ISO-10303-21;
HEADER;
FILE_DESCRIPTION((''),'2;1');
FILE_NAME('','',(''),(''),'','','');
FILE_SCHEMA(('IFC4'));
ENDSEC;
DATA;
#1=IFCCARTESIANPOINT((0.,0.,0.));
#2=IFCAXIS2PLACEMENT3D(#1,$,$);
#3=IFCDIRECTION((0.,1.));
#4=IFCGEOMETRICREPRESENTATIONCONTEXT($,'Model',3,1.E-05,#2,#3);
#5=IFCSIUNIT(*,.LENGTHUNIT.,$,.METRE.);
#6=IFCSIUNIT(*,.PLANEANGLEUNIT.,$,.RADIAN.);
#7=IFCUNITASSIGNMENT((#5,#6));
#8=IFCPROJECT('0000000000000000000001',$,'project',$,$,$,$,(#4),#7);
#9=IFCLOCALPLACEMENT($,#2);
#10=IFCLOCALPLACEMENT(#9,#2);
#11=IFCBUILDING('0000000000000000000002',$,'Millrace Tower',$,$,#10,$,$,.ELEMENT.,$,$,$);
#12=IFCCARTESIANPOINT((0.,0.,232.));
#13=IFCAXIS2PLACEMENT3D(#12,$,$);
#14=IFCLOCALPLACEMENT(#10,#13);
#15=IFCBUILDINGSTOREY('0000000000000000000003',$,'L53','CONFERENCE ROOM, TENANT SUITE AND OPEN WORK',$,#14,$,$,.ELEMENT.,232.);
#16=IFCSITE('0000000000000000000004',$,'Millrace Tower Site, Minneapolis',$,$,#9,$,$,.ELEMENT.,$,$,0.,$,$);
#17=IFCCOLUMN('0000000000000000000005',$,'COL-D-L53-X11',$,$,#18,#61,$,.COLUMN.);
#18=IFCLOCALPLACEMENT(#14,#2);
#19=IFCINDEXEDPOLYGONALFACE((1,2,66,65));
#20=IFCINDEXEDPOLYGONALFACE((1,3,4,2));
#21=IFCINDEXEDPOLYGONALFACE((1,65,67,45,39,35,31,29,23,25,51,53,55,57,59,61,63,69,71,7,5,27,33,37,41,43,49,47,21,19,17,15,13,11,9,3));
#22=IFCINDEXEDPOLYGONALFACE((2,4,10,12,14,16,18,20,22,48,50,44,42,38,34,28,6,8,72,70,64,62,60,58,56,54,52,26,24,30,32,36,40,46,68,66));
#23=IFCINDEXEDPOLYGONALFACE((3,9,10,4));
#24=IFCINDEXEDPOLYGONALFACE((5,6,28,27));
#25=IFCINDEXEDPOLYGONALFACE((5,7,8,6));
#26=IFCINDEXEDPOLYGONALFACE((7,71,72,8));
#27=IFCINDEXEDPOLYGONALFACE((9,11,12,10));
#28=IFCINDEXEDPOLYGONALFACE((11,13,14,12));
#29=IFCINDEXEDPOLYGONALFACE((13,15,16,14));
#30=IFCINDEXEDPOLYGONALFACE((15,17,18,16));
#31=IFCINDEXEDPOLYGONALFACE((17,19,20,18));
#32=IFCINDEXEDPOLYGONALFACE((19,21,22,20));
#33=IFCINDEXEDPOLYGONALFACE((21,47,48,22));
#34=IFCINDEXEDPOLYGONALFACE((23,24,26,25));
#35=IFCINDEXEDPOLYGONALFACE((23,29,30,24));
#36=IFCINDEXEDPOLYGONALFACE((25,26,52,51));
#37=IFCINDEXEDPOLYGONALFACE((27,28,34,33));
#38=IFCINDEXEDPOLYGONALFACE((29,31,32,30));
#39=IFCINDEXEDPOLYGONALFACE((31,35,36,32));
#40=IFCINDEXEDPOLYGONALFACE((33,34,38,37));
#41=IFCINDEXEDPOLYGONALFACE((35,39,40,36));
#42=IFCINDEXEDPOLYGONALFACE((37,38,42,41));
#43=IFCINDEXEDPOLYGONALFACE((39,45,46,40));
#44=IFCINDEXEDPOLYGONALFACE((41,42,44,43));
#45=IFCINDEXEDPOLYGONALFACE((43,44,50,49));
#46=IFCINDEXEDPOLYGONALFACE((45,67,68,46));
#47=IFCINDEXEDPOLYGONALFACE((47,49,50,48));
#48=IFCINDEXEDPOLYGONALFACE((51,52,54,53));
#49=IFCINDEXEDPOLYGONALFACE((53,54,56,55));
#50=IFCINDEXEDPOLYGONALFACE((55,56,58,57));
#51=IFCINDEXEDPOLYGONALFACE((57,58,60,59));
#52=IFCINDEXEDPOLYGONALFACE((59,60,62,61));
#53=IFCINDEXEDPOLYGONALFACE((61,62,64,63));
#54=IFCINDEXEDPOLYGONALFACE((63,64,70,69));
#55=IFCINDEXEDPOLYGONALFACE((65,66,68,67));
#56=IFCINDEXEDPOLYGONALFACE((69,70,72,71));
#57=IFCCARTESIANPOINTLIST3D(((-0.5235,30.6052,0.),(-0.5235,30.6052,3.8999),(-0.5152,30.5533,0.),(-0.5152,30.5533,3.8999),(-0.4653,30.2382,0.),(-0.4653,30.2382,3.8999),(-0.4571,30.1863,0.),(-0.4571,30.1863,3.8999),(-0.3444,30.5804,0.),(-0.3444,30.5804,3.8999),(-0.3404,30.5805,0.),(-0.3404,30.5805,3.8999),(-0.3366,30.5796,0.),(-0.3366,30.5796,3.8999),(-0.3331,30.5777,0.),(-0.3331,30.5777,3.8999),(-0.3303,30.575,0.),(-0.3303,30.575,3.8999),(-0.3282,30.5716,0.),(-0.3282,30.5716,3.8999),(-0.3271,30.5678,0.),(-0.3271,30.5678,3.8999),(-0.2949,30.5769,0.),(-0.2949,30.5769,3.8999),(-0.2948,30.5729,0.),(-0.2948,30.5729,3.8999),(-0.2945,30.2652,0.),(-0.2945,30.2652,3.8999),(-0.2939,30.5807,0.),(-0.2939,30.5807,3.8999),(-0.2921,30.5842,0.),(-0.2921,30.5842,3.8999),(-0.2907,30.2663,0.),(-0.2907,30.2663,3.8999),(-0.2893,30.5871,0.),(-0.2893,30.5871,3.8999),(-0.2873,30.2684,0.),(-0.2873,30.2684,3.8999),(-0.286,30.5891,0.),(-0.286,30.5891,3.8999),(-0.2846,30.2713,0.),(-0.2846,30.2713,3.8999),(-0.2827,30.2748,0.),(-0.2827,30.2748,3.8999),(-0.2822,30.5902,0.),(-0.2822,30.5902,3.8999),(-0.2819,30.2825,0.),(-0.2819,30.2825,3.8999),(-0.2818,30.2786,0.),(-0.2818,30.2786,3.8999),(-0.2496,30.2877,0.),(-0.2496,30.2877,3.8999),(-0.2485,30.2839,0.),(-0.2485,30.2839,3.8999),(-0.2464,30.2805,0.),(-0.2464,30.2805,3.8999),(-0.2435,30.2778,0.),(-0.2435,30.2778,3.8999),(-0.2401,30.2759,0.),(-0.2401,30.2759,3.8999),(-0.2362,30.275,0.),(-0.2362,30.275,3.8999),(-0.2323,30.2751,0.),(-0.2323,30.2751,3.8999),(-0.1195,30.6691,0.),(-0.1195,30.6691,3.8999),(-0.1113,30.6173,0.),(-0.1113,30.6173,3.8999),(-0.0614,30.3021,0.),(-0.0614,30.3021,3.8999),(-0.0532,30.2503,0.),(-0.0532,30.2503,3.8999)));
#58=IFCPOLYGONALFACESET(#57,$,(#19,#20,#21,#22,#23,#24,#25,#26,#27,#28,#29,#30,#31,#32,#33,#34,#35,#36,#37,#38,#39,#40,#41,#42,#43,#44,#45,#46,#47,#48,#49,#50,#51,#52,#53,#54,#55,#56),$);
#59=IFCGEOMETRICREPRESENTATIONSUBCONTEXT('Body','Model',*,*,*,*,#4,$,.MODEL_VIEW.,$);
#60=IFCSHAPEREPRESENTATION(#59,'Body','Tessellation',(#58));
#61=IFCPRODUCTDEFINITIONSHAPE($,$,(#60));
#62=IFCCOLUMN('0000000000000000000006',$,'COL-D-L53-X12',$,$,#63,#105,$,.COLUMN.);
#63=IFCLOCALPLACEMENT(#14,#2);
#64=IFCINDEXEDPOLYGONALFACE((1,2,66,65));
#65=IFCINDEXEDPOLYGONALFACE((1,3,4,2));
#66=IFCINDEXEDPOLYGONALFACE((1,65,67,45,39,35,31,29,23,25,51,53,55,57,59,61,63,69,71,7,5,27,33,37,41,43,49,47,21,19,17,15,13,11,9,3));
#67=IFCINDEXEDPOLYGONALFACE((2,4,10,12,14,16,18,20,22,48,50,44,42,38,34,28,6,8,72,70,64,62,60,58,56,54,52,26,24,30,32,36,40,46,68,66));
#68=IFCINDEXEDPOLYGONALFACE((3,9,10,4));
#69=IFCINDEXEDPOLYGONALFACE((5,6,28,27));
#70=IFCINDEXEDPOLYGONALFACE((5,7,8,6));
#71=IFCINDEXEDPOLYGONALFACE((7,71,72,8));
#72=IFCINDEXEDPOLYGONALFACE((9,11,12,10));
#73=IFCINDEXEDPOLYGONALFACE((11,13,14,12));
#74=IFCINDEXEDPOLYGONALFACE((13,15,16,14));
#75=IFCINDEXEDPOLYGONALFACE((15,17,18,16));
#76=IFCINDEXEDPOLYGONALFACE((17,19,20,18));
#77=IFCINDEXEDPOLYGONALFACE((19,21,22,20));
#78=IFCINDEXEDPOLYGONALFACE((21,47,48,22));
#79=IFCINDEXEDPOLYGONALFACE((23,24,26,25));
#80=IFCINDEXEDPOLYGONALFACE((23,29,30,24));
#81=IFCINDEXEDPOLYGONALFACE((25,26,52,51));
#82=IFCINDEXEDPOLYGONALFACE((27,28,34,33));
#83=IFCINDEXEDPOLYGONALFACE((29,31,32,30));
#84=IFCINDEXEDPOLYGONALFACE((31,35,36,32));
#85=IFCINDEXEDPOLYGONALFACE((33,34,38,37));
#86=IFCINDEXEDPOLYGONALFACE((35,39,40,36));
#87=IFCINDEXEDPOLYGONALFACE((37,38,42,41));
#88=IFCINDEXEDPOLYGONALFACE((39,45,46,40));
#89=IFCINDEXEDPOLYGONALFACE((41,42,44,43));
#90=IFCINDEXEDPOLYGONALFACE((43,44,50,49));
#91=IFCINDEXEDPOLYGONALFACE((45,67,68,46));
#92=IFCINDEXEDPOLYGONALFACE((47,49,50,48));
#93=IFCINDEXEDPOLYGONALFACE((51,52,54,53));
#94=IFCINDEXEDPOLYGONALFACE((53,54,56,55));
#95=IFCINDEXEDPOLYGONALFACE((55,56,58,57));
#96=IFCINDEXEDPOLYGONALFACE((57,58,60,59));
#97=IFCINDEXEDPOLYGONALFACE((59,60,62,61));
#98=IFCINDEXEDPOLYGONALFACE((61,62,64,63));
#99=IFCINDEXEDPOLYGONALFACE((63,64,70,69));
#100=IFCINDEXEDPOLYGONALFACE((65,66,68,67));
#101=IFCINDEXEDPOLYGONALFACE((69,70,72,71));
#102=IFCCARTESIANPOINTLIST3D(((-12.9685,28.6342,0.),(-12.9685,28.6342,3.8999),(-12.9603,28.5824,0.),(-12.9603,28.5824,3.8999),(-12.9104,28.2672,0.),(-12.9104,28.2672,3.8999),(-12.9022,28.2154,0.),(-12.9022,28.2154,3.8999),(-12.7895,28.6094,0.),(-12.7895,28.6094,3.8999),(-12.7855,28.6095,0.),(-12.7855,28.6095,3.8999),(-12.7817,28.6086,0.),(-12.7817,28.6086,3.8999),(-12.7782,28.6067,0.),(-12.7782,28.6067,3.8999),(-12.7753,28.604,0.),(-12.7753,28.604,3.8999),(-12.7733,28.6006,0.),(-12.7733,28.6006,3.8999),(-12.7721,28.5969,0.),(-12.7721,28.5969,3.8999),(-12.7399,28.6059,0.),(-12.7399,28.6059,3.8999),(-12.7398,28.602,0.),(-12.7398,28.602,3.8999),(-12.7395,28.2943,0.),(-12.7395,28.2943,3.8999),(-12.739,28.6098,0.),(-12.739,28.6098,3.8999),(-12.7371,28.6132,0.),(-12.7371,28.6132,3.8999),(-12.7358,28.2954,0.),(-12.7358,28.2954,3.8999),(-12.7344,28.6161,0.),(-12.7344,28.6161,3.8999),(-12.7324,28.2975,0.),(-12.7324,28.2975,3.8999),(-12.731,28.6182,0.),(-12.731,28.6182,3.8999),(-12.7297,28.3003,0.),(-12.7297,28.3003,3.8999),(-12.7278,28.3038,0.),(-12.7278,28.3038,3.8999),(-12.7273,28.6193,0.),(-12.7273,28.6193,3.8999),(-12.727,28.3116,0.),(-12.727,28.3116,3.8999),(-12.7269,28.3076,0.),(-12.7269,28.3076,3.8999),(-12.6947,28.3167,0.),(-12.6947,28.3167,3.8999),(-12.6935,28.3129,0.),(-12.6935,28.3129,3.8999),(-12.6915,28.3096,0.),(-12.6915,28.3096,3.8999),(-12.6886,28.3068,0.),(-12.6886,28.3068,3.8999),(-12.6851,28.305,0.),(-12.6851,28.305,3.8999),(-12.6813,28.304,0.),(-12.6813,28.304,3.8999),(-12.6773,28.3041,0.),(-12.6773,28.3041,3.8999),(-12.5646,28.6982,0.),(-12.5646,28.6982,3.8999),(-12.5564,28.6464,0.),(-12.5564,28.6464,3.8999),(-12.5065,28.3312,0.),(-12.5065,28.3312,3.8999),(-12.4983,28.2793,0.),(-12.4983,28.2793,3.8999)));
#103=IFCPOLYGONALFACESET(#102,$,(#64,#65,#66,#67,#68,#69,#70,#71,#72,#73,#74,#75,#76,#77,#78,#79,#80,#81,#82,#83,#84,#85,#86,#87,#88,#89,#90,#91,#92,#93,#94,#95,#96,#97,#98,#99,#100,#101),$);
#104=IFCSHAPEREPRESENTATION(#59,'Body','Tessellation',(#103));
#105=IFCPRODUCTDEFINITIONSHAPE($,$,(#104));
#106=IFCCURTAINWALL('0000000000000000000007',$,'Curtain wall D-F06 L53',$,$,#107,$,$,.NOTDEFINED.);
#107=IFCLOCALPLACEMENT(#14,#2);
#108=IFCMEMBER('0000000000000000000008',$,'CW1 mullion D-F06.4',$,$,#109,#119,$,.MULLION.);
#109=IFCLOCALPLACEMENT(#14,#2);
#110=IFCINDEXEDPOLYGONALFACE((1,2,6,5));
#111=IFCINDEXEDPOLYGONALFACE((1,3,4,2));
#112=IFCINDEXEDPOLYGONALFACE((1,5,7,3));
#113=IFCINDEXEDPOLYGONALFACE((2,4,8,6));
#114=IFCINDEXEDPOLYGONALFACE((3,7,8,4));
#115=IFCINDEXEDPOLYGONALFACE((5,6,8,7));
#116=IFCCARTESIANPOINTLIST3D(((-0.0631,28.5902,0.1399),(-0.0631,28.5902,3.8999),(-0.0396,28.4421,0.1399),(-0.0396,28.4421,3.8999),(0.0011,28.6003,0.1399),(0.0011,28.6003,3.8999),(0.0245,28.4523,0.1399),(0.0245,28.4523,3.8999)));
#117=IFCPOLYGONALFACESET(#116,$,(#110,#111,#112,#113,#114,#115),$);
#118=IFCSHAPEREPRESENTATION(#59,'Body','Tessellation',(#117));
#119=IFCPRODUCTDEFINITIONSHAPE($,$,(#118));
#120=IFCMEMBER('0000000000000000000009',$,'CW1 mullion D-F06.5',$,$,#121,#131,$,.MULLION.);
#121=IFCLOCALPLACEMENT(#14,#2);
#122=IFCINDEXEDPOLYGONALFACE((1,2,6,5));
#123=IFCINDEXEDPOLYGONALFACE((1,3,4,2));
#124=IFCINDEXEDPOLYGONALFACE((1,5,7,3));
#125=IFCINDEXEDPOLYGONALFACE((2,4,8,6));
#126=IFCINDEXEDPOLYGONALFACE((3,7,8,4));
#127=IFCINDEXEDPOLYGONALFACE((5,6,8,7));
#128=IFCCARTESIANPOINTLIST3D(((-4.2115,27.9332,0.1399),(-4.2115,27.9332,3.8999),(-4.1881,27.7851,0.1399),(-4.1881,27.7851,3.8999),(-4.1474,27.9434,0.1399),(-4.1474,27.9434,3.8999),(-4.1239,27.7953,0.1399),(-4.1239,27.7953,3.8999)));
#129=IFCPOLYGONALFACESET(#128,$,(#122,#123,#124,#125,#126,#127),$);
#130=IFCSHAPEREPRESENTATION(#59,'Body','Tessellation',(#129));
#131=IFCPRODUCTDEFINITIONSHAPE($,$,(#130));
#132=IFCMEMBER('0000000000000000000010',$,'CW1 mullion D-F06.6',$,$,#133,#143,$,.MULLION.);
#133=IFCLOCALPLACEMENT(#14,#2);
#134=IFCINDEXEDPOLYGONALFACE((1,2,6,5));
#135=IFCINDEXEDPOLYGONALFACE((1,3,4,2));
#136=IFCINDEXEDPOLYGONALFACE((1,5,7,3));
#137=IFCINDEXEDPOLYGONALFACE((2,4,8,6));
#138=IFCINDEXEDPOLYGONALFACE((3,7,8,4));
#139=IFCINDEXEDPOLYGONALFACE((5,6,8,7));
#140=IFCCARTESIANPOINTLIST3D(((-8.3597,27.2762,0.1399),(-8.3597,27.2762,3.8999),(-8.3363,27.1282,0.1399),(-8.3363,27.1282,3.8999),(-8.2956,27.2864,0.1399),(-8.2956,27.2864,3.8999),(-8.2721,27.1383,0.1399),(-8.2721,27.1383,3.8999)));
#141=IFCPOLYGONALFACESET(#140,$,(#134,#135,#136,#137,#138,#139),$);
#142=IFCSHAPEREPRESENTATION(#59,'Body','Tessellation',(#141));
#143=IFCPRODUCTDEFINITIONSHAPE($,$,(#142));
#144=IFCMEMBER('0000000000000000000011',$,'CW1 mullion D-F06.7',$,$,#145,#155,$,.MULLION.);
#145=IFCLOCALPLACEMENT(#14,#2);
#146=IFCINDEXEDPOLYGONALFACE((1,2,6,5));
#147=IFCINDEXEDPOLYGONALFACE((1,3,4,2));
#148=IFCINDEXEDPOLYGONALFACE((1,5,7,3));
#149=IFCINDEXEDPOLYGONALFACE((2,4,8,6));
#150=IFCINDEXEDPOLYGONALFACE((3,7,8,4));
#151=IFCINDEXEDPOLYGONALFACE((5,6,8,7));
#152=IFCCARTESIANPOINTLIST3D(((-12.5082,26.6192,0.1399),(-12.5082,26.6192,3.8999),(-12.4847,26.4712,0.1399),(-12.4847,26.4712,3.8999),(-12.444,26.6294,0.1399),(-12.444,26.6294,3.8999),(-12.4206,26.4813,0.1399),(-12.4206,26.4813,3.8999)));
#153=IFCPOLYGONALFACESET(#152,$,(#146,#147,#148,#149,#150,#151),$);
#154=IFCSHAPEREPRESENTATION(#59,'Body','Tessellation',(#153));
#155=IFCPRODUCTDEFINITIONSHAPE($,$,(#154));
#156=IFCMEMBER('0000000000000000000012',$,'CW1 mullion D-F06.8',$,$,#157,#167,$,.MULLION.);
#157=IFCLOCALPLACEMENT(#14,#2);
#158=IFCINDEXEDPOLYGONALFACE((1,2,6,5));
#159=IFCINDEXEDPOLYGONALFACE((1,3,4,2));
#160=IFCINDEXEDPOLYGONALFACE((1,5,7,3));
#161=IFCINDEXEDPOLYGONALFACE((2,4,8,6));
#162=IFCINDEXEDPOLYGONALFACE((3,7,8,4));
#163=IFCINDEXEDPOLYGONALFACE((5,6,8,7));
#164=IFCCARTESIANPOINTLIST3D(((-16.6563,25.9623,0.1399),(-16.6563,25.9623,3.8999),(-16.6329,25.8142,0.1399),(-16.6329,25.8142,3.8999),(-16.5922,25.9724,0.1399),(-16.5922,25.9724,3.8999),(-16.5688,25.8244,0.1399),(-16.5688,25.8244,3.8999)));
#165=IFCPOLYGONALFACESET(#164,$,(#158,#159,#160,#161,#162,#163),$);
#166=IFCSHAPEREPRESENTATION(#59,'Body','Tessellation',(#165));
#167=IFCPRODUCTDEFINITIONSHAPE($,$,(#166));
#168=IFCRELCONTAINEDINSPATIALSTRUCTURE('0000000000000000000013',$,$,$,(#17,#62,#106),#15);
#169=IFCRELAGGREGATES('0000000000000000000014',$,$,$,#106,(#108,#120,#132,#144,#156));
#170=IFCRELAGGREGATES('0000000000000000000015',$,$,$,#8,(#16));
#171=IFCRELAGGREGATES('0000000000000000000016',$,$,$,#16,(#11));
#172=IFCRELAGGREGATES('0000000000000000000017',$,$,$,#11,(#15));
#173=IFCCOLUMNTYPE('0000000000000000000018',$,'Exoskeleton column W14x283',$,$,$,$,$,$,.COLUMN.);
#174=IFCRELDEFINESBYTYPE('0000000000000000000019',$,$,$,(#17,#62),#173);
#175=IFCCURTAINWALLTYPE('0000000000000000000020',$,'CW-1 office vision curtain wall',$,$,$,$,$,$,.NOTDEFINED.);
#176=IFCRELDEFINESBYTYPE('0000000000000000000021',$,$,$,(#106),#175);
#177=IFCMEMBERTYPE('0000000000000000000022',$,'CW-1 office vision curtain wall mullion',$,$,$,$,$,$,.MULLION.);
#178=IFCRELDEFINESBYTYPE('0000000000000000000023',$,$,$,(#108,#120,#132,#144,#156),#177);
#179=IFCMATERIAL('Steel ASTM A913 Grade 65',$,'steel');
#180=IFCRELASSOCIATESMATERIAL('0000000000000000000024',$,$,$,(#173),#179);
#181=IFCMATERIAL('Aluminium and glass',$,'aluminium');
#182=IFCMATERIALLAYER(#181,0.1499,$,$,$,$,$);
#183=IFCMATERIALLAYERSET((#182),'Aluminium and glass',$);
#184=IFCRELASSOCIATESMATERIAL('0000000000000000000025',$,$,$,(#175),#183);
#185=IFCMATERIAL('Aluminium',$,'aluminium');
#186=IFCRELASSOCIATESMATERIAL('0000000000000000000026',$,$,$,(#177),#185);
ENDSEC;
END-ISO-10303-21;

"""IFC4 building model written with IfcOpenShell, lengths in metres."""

from ifc_helpers import new_model, si_unit, direction, frame, origin, origin_2d, place, context, subcontext, project, spatial, rectangle, i_section, extrude, material, layer, layer_set, material_profile, profile_set, type_object, element, aggregate, save


model = new_model("IFC4")

# Units and contexts
model_context = context("Model", 3, precision=1e-05, world=origin(), true_north=direction((0.0, 1.0)))
body_context = subcontext(model_context, "Body", "Model", "MODEL_VIEW")
ifc_project = project(units=[si_unit("LENGTHUNIT", "METRE"), si_unit("PLANEANGLEUNIT", "RADIAN")], contexts=[model_context])

# Site, building, storey
site_placement = place(None, origin())
site = spatial("IfcSite", under=ifc_project, at=site_placement, Name="Millrace Tower Site, Minneapolis", CompositionType="ELEMENT", RefElevation=0.0)
building_placement = place(site_placement, origin())
building = spatial("IfcBuilding", under=site, at=building_placement, Name="Millrace Tower", CompositionType="ELEMENT")
storey_placement = place(building_placement, frame((0.0, 0.0, 232.0)))
storey = spatial("IfcBuildingStorey", under=building, at=storey_placement, Name="L53", Description="CONFERENCE ROOM, TENANT SUITE AND OPEN WORK", CompositionType="ELEMENT", Elevation=232.0)

# Columns
ifc_material_1 = material(Name="Steel ASTM A913 Grade 65", Category="steel")
ifc_material_profile_1 = material_profile(ifc_material_1, i_section(OverallWidth=0.4089, OverallDepth=0.4241, WebThickness=0.0327, FlangeThickness=0.0525, FilletRadius=0.0151, at=origin_2d()))
ifc_profile_set_1 = profile_set([ifc_material_profile_1], Name="Steel ASTM A913 Grade 65")
column_type = type_object("IfcColumnType", Name="Exoskeleton column W14x283", PredefinedType="COLUMN", material=ifc_profile_set_1)
for number, where, z_axis, x_axis, name in (
    (1, (-0.2883, 30.4277, 0.0), (0.0, 0.0, 1.0), (-0.987688, -0.156434, 0.0), "COL-D-L53-X11"),
    (2, (-12.7334, 28.4568, 0.0), (0.0, 0.0, 1.0), (-0.987688, -0.156434, 0.0), "COL-D-L53-X12"),
):
    element("IfcColumn", number, at=place(storey_placement, frame(where, z_axis=z_axis, x_axis=x_axis)), inside=storey, type_object=column_type, Name=name, PredefinedType="COLUMN", context=body_context, shape_type="SweptSolid", body=[
        extrude(i_section(OverallWidth=0.4089, OverallDepth=0.4241, WebThickness=0.0327, FlangeThickness=0.0525, FilletRadius=0.0151, at=origin_2d()), origin(), (0.0, 0.0, 1.0), 3.8999),
    ])

# Curtain wall, members
ifc_material_2 = material(Name="Aluminium and glass", Category="aluminium")
ifc_layer_1 = layer(ifc_material_2, 0.1499)
ifc_layer_set_1 = layer_set([ifc_layer_1], Name="Aluminium and glass")
curtain_wall_type = type_object("IfcCurtainWallType", Name="CW-1 office vision curtain wall", PredefinedType="NOTDEFINED", material=ifc_layer_set_1)
curtain_wall_placement = place(storey_placement, origin())
curtain_wall = element("IfcCurtainWall", 3, at=curtain_wall_placement, inside=storey, type_object=curtain_wall_type, Name="Curtain wall D-F06 L53", PredefinedType="NOTDEFINED")
ifc_material_3 = material(Name="Aluminium", Category="aluminium")
ifc_material_profile_2 = material_profile(ifc_material_3, rectangle(XDim=0.0649, YDim=0.1499, at=origin_2d()))
ifc_profile_set_2 = profile_set([ifc_material_profile_2], Name="Aluminium")
member_type = type_object("IfcMemberType", Name="CW-1 office vision curtain wall mullion", PredefinedType="MULLION", material=ifc_profile_set_2)
member_1_placement = place(storey_placement, frame((-0.0193, 28.5212, 0.1399), z_axis=(0.0, 0.0, 1.0), x_axis=(-0.987688, -0.156434, 0.0)))
member_1 = element("IfcMember", 4, at=member_1_placement, type_object=member_type, Name="CW1 mullion D-F06.4", PredefinedType="MULLION", context=body_context, shape_type="SweptSolid", body=[
    extrude(rectangle(XDim=0.0649, YDim=0.1499, at=origin_2d()), origin(), (0.0, 0.0, 1.0), 3.76),
])
member_2_placement = place(storey_placement, frame((-4.1677, 27.8643, 0.1399), z_axis=(0.0, 0.0, 1.0), x_axis=(-0.987688, -0.156434, 0.0)))
member_2 = element("IfcMember", 5, at=member_2_placement, type_object=member_type, Name="CW1 mullion D-F06.5", PredefinedType="MULLION", context=body_context, shape_type="SweptSolid", body=[
    extrude(rectangle(XDim=0.0649, YDim=0.1499, at=origin_2d()), origin(), (0.0, 0.0, 1.0), 3.76),
])
member_3_placement = place(storey_placement, frame((-8.3159, 27.2073, 0.1399), z_axis=(0.0, 0.0, 1.0), x_axis=(-0.987688, -0.156434, 0.0)))
member_3 = element("IfcMember", 6, at=member_3_placement, type_object=member_type, Name="CW1 mullion D-F06.6", PredefinedType="MULLION", context=body_context, shape_type="SweptSolid", body=[
    extrude(rectangle(XDim=0.0649, YDim=0.1499, at=origin_2d()), origin(), (0.0, 0.0, 1.0), 3.76),
])
member_4_placement = place(storey_placement, frame((-12.4644, 26.5503, 0.1399), z_axis=(0.0, 0.0, 1.0), x_axis=(-0.987688, -0.156434, 0.0)))
member_4 = element("IfcMember", 7, at=member_4_placement, type_object=member_type, Name="CW1 mullion D-F06.7", PredefinedType="MULLION", context=body_context, shape_type="SweptSolid", body=[
    extrude(rectangle(XDim=0.0649, YDim=0.1499, at=origin_2d()), origin(), (0.0, 0.0, 1.0), 3.76),
])
member_5_placement = place(storey_placement, frame((-16.6125, 25.8933, 0.1399), z_axis=(0.0, 0.0, 1.0), x_axis=(-0.987688, -0.156434, 0.0)))
member_5 = element("IfcMember", 8, at=member_5_placement, type_object=member_type, Name="CW1 mullion D-F06.8", PredefinedType="MULLION", context=body_context, shape_type="SweptSolid", body=[
    extrude(rectangle(XDim=0.0649, YDim=0.1499, at=origin_2d()), origin(), (0.0, 0.0, 1.0), 3.76),
])
aggregate(curtain_wall, [member_1, member_2, member_3, member_4, member_5])

save(model, "model.ifc")
